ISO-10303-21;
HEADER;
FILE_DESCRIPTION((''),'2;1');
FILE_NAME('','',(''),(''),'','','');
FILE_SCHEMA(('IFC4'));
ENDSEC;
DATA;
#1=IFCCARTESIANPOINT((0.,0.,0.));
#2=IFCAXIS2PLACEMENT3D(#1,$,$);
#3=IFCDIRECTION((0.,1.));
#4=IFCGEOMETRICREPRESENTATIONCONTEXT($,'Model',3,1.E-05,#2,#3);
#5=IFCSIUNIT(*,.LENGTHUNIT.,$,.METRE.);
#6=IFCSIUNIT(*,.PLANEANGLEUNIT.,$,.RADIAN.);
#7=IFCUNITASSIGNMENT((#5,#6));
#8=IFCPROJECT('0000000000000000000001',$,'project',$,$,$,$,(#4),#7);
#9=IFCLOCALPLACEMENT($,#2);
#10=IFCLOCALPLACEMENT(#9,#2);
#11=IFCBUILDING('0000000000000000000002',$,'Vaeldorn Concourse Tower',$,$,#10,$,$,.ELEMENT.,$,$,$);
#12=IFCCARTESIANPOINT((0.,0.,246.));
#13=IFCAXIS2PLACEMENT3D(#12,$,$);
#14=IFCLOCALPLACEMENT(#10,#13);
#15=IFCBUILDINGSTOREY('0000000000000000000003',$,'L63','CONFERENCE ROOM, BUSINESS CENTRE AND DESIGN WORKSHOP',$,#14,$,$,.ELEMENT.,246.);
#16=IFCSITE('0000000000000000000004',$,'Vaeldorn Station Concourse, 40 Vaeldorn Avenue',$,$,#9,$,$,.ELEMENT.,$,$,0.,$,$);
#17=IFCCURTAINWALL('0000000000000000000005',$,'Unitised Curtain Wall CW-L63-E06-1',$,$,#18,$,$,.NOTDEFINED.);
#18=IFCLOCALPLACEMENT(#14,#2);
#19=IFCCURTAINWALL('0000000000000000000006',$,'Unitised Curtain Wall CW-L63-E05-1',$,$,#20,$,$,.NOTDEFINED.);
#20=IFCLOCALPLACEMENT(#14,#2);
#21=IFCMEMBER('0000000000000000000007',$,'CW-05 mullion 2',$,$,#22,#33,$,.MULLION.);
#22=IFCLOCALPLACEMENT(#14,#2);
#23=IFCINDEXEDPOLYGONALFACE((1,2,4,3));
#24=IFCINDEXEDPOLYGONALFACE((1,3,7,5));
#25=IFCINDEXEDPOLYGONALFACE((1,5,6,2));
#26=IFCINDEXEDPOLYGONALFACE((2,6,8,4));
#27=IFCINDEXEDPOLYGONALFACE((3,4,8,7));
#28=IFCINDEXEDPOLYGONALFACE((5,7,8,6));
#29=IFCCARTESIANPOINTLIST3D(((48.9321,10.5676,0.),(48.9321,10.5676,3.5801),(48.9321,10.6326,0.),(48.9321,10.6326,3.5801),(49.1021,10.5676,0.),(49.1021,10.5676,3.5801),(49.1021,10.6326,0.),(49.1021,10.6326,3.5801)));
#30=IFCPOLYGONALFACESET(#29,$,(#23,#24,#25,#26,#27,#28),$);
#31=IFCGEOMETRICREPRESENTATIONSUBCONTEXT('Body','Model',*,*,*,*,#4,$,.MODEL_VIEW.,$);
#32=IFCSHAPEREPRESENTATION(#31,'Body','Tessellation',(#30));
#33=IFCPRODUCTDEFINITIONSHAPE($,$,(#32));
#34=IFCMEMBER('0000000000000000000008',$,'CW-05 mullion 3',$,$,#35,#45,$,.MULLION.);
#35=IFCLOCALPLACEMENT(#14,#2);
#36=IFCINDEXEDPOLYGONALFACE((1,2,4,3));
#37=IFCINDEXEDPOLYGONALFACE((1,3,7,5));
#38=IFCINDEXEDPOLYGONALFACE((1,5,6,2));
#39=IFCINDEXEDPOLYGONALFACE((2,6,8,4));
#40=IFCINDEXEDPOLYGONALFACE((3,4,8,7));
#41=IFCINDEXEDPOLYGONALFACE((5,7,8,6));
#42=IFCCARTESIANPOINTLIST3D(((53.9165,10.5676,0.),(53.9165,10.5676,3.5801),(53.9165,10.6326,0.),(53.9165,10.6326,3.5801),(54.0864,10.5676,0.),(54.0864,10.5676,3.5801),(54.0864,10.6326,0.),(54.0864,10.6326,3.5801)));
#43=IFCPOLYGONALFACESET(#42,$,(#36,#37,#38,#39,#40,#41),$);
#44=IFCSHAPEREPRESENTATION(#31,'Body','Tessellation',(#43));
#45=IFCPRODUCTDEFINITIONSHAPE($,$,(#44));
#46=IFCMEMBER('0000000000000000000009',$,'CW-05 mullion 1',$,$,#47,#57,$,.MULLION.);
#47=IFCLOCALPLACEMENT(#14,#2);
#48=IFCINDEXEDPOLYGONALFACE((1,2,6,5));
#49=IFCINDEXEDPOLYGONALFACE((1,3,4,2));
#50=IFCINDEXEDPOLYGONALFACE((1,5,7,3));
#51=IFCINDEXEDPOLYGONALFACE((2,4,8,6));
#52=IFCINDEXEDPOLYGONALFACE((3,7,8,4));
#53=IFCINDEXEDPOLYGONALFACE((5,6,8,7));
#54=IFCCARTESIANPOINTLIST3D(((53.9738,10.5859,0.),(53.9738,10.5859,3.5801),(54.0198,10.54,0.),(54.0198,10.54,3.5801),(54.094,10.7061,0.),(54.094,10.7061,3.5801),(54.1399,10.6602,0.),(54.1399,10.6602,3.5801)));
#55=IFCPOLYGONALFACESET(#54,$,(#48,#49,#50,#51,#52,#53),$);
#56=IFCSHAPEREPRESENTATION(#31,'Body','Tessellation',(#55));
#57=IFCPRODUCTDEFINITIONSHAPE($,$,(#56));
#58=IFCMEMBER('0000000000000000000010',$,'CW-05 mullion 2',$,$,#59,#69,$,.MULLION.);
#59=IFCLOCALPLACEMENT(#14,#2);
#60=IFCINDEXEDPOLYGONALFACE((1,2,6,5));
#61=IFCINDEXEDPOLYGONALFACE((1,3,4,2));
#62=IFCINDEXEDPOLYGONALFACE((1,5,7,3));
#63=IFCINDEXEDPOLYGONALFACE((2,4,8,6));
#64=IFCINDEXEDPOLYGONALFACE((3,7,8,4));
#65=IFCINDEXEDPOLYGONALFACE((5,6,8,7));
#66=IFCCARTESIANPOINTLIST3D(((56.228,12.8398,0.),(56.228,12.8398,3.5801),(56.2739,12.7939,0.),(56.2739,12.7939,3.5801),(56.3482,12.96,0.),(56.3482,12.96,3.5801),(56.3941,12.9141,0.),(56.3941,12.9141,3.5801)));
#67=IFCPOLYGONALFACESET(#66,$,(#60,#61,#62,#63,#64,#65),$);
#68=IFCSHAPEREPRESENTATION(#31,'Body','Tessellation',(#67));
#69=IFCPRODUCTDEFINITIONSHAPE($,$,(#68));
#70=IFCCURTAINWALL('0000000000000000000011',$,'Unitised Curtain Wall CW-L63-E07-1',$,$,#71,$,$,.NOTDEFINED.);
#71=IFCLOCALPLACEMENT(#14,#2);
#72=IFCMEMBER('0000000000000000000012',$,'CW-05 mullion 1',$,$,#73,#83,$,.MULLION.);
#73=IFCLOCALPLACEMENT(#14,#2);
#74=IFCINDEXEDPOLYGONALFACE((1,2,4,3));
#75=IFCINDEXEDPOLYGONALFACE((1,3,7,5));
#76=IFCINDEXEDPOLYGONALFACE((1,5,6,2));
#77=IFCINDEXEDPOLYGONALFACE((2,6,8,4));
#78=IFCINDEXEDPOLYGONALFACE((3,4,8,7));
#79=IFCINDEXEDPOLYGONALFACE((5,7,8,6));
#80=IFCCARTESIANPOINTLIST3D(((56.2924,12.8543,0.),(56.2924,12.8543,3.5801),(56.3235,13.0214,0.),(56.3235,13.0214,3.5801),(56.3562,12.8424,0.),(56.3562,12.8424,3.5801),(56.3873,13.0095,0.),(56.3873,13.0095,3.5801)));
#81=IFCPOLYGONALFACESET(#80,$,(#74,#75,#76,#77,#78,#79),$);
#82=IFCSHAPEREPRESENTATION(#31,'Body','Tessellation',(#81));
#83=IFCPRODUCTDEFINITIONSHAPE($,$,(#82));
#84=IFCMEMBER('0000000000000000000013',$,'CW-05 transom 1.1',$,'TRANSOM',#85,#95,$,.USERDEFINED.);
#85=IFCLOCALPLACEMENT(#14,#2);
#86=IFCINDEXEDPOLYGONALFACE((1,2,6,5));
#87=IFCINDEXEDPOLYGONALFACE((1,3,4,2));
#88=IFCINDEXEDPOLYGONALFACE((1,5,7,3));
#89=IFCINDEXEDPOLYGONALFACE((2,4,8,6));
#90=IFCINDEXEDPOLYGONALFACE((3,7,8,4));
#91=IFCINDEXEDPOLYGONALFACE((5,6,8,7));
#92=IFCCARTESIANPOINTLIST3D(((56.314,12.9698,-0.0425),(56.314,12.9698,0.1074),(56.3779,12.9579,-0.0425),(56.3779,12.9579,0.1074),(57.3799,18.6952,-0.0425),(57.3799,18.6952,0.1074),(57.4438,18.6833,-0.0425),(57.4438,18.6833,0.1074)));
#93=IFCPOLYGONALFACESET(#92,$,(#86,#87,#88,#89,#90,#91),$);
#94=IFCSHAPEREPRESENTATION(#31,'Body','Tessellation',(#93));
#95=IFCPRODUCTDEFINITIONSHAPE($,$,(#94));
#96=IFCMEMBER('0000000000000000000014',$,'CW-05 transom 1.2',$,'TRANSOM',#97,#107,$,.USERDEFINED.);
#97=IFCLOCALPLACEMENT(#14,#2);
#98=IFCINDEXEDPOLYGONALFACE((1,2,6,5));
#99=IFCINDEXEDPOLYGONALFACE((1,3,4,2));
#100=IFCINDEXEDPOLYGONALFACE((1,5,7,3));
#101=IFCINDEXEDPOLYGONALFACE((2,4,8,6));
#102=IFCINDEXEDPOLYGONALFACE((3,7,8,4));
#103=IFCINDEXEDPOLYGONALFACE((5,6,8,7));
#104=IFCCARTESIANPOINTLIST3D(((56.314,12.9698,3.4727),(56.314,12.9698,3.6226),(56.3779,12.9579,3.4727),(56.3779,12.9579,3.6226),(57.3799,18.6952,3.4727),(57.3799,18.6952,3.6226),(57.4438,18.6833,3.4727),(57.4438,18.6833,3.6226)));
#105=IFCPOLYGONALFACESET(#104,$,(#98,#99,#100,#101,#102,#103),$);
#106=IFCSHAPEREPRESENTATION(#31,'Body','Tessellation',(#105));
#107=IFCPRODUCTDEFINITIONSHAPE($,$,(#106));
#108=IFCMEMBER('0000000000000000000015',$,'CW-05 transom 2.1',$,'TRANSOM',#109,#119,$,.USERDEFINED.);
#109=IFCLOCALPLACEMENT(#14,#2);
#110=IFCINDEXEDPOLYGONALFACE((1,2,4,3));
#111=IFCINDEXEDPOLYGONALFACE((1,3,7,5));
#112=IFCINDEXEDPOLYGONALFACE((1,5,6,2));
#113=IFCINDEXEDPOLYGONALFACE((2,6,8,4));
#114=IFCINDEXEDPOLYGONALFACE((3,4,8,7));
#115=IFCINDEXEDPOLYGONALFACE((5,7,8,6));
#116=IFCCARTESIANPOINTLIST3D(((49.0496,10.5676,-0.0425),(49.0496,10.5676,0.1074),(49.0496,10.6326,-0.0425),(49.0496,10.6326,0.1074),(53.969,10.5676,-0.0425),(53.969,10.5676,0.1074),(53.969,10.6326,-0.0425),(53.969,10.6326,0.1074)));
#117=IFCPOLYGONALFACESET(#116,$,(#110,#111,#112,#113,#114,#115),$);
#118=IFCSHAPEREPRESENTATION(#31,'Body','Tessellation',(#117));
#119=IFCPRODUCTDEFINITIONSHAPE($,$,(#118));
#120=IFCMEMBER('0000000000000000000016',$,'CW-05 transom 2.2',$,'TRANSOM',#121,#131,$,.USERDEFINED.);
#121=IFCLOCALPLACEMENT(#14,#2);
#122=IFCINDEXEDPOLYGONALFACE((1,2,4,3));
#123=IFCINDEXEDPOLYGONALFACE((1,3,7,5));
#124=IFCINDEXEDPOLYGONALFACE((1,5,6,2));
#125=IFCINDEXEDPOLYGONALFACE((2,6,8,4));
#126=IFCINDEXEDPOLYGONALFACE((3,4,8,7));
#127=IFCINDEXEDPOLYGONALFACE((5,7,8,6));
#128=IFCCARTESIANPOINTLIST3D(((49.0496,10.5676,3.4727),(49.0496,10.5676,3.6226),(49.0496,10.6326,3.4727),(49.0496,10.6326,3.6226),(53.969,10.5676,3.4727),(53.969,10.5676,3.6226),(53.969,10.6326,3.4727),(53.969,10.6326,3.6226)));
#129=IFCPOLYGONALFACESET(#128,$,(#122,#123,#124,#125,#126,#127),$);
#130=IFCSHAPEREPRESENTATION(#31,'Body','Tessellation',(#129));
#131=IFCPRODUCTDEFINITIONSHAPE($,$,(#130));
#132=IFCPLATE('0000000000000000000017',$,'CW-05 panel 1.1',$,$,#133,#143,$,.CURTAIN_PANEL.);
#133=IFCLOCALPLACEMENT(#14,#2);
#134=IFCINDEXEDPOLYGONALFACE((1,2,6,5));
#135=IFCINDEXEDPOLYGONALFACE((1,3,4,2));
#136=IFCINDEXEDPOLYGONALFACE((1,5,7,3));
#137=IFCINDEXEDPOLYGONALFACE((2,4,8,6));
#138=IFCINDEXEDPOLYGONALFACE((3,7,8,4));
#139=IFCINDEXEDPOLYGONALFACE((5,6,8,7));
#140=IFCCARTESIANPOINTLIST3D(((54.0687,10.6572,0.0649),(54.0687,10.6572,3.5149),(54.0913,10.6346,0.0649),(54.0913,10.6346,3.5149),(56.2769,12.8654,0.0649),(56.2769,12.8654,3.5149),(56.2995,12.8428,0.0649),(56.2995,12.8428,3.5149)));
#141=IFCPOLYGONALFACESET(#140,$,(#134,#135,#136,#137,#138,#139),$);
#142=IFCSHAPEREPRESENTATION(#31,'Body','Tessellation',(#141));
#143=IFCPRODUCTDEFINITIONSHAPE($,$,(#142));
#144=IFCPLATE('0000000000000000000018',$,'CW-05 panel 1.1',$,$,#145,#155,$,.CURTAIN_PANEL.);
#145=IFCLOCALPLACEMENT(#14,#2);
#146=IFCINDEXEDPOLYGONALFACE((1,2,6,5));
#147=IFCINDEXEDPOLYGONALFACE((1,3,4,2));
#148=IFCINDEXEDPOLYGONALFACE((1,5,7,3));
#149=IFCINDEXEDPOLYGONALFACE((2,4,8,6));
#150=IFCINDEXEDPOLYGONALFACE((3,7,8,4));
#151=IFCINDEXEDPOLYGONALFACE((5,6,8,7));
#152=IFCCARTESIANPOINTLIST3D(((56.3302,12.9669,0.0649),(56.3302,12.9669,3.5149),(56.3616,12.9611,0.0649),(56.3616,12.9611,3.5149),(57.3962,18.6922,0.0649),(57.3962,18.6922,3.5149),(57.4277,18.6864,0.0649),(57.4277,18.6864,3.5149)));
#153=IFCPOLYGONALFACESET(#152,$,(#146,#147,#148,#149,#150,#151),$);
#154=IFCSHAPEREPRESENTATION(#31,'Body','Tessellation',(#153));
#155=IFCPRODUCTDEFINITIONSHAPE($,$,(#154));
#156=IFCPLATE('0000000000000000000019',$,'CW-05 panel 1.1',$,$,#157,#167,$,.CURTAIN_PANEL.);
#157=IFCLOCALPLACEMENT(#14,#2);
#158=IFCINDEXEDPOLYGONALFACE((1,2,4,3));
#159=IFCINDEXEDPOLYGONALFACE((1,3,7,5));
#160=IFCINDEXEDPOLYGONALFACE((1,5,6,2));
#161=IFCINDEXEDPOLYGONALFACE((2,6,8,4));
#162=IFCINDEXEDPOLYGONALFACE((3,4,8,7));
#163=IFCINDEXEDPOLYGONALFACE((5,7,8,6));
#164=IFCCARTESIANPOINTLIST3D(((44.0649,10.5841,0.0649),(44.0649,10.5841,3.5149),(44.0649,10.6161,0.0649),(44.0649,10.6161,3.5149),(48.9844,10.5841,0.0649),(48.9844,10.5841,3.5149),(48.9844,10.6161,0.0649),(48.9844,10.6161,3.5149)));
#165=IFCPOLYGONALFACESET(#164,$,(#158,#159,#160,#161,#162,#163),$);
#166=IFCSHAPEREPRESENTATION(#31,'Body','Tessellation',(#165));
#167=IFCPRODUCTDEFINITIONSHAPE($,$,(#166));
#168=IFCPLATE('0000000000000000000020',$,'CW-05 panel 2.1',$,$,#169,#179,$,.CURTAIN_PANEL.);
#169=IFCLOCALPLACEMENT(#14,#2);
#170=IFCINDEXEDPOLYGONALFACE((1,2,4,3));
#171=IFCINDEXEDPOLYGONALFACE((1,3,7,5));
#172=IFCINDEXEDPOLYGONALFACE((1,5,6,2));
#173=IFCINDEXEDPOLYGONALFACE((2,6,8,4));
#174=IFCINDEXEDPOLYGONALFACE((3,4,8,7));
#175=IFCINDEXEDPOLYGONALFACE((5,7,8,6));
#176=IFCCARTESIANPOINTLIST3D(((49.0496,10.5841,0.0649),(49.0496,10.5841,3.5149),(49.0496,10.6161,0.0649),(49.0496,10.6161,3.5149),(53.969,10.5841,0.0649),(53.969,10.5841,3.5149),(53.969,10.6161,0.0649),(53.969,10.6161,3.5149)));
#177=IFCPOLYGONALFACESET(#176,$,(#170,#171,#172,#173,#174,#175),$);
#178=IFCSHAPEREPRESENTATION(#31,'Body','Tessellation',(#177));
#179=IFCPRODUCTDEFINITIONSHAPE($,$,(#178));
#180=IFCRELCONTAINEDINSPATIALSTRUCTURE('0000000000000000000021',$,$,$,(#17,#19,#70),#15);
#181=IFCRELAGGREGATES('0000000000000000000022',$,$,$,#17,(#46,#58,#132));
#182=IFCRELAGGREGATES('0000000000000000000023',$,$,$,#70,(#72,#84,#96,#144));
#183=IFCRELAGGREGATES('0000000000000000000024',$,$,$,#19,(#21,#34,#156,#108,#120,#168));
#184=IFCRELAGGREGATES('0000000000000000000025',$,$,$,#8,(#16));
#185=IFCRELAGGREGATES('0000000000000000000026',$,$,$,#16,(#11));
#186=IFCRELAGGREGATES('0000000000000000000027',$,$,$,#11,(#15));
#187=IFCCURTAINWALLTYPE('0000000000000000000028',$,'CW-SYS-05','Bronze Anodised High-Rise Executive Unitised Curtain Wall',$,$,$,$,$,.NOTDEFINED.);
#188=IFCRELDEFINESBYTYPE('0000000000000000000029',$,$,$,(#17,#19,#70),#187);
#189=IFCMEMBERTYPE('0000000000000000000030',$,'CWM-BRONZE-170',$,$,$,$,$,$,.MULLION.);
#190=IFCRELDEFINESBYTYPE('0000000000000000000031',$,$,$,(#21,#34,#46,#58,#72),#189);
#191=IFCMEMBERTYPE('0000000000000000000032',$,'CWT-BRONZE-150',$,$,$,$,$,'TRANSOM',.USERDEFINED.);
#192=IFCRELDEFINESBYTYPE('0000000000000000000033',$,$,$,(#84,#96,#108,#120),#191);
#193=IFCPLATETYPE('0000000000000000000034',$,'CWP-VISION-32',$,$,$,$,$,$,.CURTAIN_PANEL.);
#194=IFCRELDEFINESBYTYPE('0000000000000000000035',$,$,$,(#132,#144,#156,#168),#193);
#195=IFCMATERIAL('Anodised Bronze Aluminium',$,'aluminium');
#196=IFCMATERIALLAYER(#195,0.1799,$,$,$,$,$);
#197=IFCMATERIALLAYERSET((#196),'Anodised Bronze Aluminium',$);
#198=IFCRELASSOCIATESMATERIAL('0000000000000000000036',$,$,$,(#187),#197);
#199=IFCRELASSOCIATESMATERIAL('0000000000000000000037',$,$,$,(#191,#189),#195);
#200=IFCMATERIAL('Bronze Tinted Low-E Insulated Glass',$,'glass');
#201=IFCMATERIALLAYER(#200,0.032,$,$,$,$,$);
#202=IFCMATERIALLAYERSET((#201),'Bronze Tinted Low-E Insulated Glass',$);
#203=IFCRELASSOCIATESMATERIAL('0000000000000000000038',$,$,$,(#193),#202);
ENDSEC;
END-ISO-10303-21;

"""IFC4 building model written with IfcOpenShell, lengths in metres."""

from ifc_helpers import new_model, si_unit, direction, frame, origin, origin_2d, place, context, subcontext, project, spatial, rectangle, extrude, source, transform, mapped, material, layer, layer_set, material_profile, profile_set, type_object, element, aggregate, save


model = new_model("IFC4")

# Units and contexts
model_context = context("Model", 3, precision=1e-05, world=origin(), true_north=direction((0.0, 1.0)))
body_context = subcontext(model_context, "Body", "Model", "MODEL_VIEW")
ifc_project = project(units=[si_unit("LENGTHUNIT", "METRE"), si_unit("PLANEANGLEUNIT", "RADIAN")], contexts=[model_context])

# Site, building, storey
site_placement = place(None, origin())
site = spatial("IfcSite", under=ifc_project, at=site_placement, Name="Vaeldorn Station Concourse, 40 Vaeldorn Avenue", CompositionType="ELEMENT", RefElevation=0.0)
building_placement = place(site_placement, origin())
building = spatial("IfcBuilding", under=site, at=building_placement, Name="Vaeldorn Concourse Tower", CompositionType="ELEMENT")
storey_placement = place(building_placement, frame((0.0, 0.0, 246.0)))
storey = spatial("IfcBuildingStorey", under=building, at=storey_placement, Name="L63", Description="CONFERENCE ROOM, BUSINESS CENTRE AND DESIGN WORKSHOP", CompositionType="ELEMENT", Elevation=246.0)

# Curtain walls, members
ifc_material_1 = material(Name="Anodised Bronze Aluminium", Category="aluminium")
ifc_layer_1 = layer(ifc_material_1, 0.1799)
ifc_layer_set_1 = layer_set([ifc_layer_1], Name="Anodised Bronze Aluminium")
curtain_wall_type = type_object("IfcCurtainWallType", Name="CW-SYS-05", Description="Bronze Anodised High-Rise Executive Unitised Curtain Wall", PredefinedType="NOTDEFINED", material=ifc_layer_set_1)
curtain_wall_1_placement = place(storey_placement, origin())
curtain_wall_1 = element("IfcCurtainWall", 1, at=curtain_wall_1_placement, inside=storey, type_object=curtain_wall_type, Name="Unitised Curtain Wall CW-L63-E06-1", PredefinedType="NOTDEFINED")
ifc_material_profile_1 = material_profile(ifc_material_1, rectangle(XDim=0.0649, YDim=0.1499, at=origin_2d()), Name="CWT 65x150")
ifc_profile_set_1 = profile_set([ifc_material_profile_1], Name="Anodised Bronze Aluminium")
member_type_1 = type_object("IfcMemberType", Name="CWT-BRONZE-150", ElementType="TRANSOM", PredefinedType="USERDEFINED", material=ifc_profile_set_1)
curtain_wall_2_placement = place(storey_placement, origin())
curtain_wall_2 = element("IfcCurtainWall", 2, at=curtain_wall_2_placement, inside=storey, type_object=curtain_wall_type, Name="Unitised Curtain Wall CW-L63-E05-1", PredefinedType="NOTDEFINED")
ifc_material_profile_2 = material_profile(ifc_material_1, rectangle(XDim=0.0649, YDim=0.1699, at=origin_2d()), Name="CWM 65x170")
ifc_profile_set_2 = profile_set([ifc_material_profile_2], Name="Anodised Bronze Aluminium")
member_type_2 = type_object("IfcMemberType", Name="CWM-BRONZE-170", PredefinedType="MULLION", material=ifc_profile_set_2)
shared_shape_1 = source(origin(), body_context, "Body", "SweptSolid", [
    extrude(rectangle(XDim=0.0649, YDim=0.1699, at=origin_2d()), origin(), (0.0, 0.0, 1.0), 3.5801),
])
member_1_placement = place(storey_placement, frame((49.0171, 10.6001, 0.0), z_axis=(0.0, 0.0, 1.0), x_axis=(0.0, 1.0, 0.0)))
member_1 = element("IfcMember", 3, at=member_1_placement, type_object=member_type_2, Name="CW-05 mullion 2", PredefinedType="MULLION", context=body_context, shape_type="MappedRepresentation", body=[
    mapped(shared_shape_1, transform((0.0, 0.0, 0.0), scale=1.0)),
])
member_2_placement = place(storey_placement, frame((54.0015, 10.6001, 0.0), z_axis=(0.0, 0.0, 1.0), x_axis=(0.0, 1.0, 0.0)))
member_2 = element("IfcMember", 4, at=member_2_placement, type_object=member_type_2, Name="CW-05 mullion 3", PredefinedType="MULLION", context=body_context, shape_type="MappedRepresentation", body=[
    mapped(shared_shape_1, transform((0.0, 0.0, 0.0), scale=1.0)),
])

# Members
member_3_placement = place(storey_placement, frame((54.0569, 10.623, 0.0), z_axis=(0.0, 0.0, 1.0), x_axis=(-0.707107, 0.707107, 0.0)))
member_3 = element("IfcMember", 5, at=member_3_placement, type_object=member_type_2, Name="CW-05 mullion 1", PredefinedType="MULLION", context=body_context, shape_type="MappedRepresentation", body=[
    mapped(shared_shape_1, transform((0.0, 0.0, 0.0), scale=1.0)),
])
member_4_placement = place(storey_placement, frame((56.311, 12.877, 0.0), z_axis=(0.0, 0.0, 1.0), x_axis=(-0.707107, 0.707107, 0.0)))
member_4 = element("IfcMember", 6, at=member_4_placement, type_object=member_type_2, Name="CW-05 mullion 2", PredefinedType="MULLION", context=body_context, shape_type="MappedRepresentation", body=[
    mapped(shared_shape_1, transform((0.0, 0.0, 0.0), scale=1.0)),
])

# Curtain wall, members
curtain_wall_3_placement = place(storey_placement, origin())
curtain_wall_3 = element("IfcCurtainWall", 7, at=curtain_wall_3_placement, inside=storey, type_object=curtain_wall_type, Name="Unitised Curtain Wall CW-L63-E07-1", PredefinedType="NOTDEFINED")
member_5_placement = place(storey_placement, frame((56.3398, 12.9319, 0.0), z_axis=(0.0, 0.0, 1.0), x_axis=(-0.983103, 0.183055, 0.0)))
member_5 = element("IfcMember", 8, at=member_5_placement, type_object=member_type_2, Name="CW-05 mullion 1", PredefinedType="MULLION", context=body_context, shape_type="MappedRepresentation", body=[
    mapped(shared_shape_1, transform((0.0, 0.0, 0.0), scale=1.0)),
])
shared_shape_2 = source(origin(), body_context, "Body", "SweptSolid", [
    extrude(rectangle(XDim=0.0649, YDim=0.1499, at=origin_2d()), origin(), (0.0, 0.0, 1.0), 5.8237),
])
member_6_placement = place(storey_placement, frame((56.3459, 12.9639, 0.0325), z_axis=(0.18303, 0.983107, 0.0), x_axis=(-0.983107, 0.18303, 0.0)))
member_6 = element("IfcMember", 9, at=member_6_placement, type_object=member_type_1, Name="CW-05 transom 1.1", ObjectType="TRANSOM", PredefinedType="USERDEFINED", context=body_context, shape_type="MappedRepresentation", body=[
    mapped(shared_shape_2, transform((0.0, 0.0, 0.0), scale=1.0)),
])
member_7_placement = place(storey_placement, frame((56.3459, 12.9639, 3.5476), z_axis=(0.18303, 0.983107, 0.0), x_axis=(-0.983107, 0.18303, 0.0)))
member_7 = element("IfcMember", 10, at=member_7_placement, type_object=member_type_1, Name="CW-05 transom 1.2", ObjectType="TRANSOM", PredefinedType="USERDEFINED", context=body_context, shape_type="MappedRepresentation", body=[
    mapped(shared_shape_2, transform((0.0, 0.0, 0.0), scale=1.0)),
])

# Members
shared_shape_3 = source(origin(), body_context, "Body", "SweptSolid", [
    extrude(rectangle(XDim=0.0649, YDim=0.1499, at=origin_2d()), origin(), (0.0, 0.0, 1.0), 4.9194),
])
member_8_placement = place(storey_placement, frame((49.0496, 10.6001, 0.0325), z_axis=(1.0, 0.0, 0.0), x_axis=(0.0, 1.0, 0.0)))
member_8 = element("IfcMember", 11, at=member_8_placement, type_object=member_type_1, Name="CW-05 transom 2.1", ObjectType="TRANSOM", PredefinedType="USERDEFINED", context=body_context, shape_type="MappedRepresentation", body=[
    mapped(shared_shape_3, transform((0.0, 0.0, 0.0), scale=1.0)),
])
member_9_placement = place(storey_placement, frame((49.0496, 10.6001, 3.5476), z_axis=(1.0, 0.0, 0.0), x_axis=(0.0, 1.0, 0.0)))
member_9 = element("IfcMember", 12, at=member_9_placement, type_object=member_type_1, Name="CW-05 transom 2.2", ObjectType="TRANSOM", PredefinedType="USERDEFINED", context=body_context, shape_type="MappedRepresentation", body=[
    mapped(shared_shape_3, transform((0.0, 0.0, 0.0), scale=1.0)),
])

# Plates
ifc_material_2 = material(Name="Bronze Tinted Low-E Insulated Glass", Category="glass")
ifc_layer_2 = layer(ifc_material_2, 0.032)
ifc_layer_set_2 = layer_set([ifc_layer_2], Name="Bronze Tinted Low-E Insulated Glass")
plate_type = type_object("IfcPlateType", Name="CWP-VISION-32", PredefinedType="CURTAIN_PANEL", material=ifc_layer_set_2)
shared_shape_4 = source(origin(), body_context, "Body", "SweptSolid", [
    extrude(rectangle(XDim=3.1228, YDim=0.032, at=origin_2d()), origin(), (0.0, 0.0, 1.0), 3.45),
])
plate_1_placement = place(storey_placement, frame((55.1841, 11.75, 0.0649), z_axis=(0.0, 0.0, 1.0), x_axis=(0.707107, 0.707107, 0.0)))
plate_1 = element("IfcPlate", 13, at=plate_1_placement, type_object=plate_type, Name="CW-05 panel 1.1", PredefinedType="CURTAIN_PANEL", context=body_context, shape_type="MappedRepresentation", body=[
    mapped(shared_shape_4, transform((0.0, 0.0, 0.0), scale=1.0)),
])
aggregate(curtain_wall_1, [member_3, member_4, plate_1])
shared_shape_5 = source(origin(), body_context, "Body", "SweptSolid", [
    extrude(rectangle(XDim=5.8237, YDim=0.032, at=origin_2d()), origin(), (0.0, 0.0, 1.0), 3.45),
])
plate_2_placement = place(storey_placement, frame((56.8789, 15.8267, 0.0649), z_axis=(0.0, 0.0, 1.0), x_axis=(0.183055, 0.983103, 0.0)))
plate_2 = element("IfcPlate", 14, at=plate_2_placement, type_object=plate_type, Name="CW-05 panel 1.1", PredefinedType="CURTAIN_PANEL", context=body_context, shape_type="MappedRepresentation", body=[
    mapped(shared_shape_5, transform((0.0, 0.0, 0.0), scale=1.0)),
])
aggregate(curtain_wall_3, [member_5, member_6, member_7, plate_2])
shared_shape_6 = source(origin(), body_context, "Body", "SweptSolid", [
    extrude(rectangle(XDim=4.9194, YDim=0.032, at=origin_2d()), origin(), (0.0, 0.0, 1.0), 3.45),
])
plate_3_placement = place(storey_placement, frame((46.5247, 10.6001, 0.0649), z_axis=(0.0, 0.0, 1.0), x_axis=(1.0, 0.0, 0.0)))
plate_3 = element("IfcPlate", 15, at=plate_3_placement, type_object=plate_type, Name="CW-05 panel 1.1", PredefinedType="CURTAIN_PANEL", context=body_context, shape_type="MappedRepresentation", body=[
    mapped(shared_shape_6, transform((0.0, 0.0, 0.0), scale=1.0)),
])
plate_4_placement = place(storey_placement, frame((51.5093, 10.6001, 0.0649), z_axis=(0.0, 0.0, 1.0), x_axis=(1.0, 0.0, 0.0)))
plate_4 = element("IfcPlate", 16, at=plate_4_placement, type_object=plate_type, Name="CW-05 panel 2.1", PredefinedType="CURTAIN_PANEL", context=body_context, shape_type="MappedRepresentation", body=[
    mapped(shared_shape_6, transform((0.0, 0.0, 0.0), scale=1.0)),
])
aggregate(curtain_wall_2, [member_1, member_2, plate_3, member_8, member_9, plate_4])

save(model, "model.ifc")
